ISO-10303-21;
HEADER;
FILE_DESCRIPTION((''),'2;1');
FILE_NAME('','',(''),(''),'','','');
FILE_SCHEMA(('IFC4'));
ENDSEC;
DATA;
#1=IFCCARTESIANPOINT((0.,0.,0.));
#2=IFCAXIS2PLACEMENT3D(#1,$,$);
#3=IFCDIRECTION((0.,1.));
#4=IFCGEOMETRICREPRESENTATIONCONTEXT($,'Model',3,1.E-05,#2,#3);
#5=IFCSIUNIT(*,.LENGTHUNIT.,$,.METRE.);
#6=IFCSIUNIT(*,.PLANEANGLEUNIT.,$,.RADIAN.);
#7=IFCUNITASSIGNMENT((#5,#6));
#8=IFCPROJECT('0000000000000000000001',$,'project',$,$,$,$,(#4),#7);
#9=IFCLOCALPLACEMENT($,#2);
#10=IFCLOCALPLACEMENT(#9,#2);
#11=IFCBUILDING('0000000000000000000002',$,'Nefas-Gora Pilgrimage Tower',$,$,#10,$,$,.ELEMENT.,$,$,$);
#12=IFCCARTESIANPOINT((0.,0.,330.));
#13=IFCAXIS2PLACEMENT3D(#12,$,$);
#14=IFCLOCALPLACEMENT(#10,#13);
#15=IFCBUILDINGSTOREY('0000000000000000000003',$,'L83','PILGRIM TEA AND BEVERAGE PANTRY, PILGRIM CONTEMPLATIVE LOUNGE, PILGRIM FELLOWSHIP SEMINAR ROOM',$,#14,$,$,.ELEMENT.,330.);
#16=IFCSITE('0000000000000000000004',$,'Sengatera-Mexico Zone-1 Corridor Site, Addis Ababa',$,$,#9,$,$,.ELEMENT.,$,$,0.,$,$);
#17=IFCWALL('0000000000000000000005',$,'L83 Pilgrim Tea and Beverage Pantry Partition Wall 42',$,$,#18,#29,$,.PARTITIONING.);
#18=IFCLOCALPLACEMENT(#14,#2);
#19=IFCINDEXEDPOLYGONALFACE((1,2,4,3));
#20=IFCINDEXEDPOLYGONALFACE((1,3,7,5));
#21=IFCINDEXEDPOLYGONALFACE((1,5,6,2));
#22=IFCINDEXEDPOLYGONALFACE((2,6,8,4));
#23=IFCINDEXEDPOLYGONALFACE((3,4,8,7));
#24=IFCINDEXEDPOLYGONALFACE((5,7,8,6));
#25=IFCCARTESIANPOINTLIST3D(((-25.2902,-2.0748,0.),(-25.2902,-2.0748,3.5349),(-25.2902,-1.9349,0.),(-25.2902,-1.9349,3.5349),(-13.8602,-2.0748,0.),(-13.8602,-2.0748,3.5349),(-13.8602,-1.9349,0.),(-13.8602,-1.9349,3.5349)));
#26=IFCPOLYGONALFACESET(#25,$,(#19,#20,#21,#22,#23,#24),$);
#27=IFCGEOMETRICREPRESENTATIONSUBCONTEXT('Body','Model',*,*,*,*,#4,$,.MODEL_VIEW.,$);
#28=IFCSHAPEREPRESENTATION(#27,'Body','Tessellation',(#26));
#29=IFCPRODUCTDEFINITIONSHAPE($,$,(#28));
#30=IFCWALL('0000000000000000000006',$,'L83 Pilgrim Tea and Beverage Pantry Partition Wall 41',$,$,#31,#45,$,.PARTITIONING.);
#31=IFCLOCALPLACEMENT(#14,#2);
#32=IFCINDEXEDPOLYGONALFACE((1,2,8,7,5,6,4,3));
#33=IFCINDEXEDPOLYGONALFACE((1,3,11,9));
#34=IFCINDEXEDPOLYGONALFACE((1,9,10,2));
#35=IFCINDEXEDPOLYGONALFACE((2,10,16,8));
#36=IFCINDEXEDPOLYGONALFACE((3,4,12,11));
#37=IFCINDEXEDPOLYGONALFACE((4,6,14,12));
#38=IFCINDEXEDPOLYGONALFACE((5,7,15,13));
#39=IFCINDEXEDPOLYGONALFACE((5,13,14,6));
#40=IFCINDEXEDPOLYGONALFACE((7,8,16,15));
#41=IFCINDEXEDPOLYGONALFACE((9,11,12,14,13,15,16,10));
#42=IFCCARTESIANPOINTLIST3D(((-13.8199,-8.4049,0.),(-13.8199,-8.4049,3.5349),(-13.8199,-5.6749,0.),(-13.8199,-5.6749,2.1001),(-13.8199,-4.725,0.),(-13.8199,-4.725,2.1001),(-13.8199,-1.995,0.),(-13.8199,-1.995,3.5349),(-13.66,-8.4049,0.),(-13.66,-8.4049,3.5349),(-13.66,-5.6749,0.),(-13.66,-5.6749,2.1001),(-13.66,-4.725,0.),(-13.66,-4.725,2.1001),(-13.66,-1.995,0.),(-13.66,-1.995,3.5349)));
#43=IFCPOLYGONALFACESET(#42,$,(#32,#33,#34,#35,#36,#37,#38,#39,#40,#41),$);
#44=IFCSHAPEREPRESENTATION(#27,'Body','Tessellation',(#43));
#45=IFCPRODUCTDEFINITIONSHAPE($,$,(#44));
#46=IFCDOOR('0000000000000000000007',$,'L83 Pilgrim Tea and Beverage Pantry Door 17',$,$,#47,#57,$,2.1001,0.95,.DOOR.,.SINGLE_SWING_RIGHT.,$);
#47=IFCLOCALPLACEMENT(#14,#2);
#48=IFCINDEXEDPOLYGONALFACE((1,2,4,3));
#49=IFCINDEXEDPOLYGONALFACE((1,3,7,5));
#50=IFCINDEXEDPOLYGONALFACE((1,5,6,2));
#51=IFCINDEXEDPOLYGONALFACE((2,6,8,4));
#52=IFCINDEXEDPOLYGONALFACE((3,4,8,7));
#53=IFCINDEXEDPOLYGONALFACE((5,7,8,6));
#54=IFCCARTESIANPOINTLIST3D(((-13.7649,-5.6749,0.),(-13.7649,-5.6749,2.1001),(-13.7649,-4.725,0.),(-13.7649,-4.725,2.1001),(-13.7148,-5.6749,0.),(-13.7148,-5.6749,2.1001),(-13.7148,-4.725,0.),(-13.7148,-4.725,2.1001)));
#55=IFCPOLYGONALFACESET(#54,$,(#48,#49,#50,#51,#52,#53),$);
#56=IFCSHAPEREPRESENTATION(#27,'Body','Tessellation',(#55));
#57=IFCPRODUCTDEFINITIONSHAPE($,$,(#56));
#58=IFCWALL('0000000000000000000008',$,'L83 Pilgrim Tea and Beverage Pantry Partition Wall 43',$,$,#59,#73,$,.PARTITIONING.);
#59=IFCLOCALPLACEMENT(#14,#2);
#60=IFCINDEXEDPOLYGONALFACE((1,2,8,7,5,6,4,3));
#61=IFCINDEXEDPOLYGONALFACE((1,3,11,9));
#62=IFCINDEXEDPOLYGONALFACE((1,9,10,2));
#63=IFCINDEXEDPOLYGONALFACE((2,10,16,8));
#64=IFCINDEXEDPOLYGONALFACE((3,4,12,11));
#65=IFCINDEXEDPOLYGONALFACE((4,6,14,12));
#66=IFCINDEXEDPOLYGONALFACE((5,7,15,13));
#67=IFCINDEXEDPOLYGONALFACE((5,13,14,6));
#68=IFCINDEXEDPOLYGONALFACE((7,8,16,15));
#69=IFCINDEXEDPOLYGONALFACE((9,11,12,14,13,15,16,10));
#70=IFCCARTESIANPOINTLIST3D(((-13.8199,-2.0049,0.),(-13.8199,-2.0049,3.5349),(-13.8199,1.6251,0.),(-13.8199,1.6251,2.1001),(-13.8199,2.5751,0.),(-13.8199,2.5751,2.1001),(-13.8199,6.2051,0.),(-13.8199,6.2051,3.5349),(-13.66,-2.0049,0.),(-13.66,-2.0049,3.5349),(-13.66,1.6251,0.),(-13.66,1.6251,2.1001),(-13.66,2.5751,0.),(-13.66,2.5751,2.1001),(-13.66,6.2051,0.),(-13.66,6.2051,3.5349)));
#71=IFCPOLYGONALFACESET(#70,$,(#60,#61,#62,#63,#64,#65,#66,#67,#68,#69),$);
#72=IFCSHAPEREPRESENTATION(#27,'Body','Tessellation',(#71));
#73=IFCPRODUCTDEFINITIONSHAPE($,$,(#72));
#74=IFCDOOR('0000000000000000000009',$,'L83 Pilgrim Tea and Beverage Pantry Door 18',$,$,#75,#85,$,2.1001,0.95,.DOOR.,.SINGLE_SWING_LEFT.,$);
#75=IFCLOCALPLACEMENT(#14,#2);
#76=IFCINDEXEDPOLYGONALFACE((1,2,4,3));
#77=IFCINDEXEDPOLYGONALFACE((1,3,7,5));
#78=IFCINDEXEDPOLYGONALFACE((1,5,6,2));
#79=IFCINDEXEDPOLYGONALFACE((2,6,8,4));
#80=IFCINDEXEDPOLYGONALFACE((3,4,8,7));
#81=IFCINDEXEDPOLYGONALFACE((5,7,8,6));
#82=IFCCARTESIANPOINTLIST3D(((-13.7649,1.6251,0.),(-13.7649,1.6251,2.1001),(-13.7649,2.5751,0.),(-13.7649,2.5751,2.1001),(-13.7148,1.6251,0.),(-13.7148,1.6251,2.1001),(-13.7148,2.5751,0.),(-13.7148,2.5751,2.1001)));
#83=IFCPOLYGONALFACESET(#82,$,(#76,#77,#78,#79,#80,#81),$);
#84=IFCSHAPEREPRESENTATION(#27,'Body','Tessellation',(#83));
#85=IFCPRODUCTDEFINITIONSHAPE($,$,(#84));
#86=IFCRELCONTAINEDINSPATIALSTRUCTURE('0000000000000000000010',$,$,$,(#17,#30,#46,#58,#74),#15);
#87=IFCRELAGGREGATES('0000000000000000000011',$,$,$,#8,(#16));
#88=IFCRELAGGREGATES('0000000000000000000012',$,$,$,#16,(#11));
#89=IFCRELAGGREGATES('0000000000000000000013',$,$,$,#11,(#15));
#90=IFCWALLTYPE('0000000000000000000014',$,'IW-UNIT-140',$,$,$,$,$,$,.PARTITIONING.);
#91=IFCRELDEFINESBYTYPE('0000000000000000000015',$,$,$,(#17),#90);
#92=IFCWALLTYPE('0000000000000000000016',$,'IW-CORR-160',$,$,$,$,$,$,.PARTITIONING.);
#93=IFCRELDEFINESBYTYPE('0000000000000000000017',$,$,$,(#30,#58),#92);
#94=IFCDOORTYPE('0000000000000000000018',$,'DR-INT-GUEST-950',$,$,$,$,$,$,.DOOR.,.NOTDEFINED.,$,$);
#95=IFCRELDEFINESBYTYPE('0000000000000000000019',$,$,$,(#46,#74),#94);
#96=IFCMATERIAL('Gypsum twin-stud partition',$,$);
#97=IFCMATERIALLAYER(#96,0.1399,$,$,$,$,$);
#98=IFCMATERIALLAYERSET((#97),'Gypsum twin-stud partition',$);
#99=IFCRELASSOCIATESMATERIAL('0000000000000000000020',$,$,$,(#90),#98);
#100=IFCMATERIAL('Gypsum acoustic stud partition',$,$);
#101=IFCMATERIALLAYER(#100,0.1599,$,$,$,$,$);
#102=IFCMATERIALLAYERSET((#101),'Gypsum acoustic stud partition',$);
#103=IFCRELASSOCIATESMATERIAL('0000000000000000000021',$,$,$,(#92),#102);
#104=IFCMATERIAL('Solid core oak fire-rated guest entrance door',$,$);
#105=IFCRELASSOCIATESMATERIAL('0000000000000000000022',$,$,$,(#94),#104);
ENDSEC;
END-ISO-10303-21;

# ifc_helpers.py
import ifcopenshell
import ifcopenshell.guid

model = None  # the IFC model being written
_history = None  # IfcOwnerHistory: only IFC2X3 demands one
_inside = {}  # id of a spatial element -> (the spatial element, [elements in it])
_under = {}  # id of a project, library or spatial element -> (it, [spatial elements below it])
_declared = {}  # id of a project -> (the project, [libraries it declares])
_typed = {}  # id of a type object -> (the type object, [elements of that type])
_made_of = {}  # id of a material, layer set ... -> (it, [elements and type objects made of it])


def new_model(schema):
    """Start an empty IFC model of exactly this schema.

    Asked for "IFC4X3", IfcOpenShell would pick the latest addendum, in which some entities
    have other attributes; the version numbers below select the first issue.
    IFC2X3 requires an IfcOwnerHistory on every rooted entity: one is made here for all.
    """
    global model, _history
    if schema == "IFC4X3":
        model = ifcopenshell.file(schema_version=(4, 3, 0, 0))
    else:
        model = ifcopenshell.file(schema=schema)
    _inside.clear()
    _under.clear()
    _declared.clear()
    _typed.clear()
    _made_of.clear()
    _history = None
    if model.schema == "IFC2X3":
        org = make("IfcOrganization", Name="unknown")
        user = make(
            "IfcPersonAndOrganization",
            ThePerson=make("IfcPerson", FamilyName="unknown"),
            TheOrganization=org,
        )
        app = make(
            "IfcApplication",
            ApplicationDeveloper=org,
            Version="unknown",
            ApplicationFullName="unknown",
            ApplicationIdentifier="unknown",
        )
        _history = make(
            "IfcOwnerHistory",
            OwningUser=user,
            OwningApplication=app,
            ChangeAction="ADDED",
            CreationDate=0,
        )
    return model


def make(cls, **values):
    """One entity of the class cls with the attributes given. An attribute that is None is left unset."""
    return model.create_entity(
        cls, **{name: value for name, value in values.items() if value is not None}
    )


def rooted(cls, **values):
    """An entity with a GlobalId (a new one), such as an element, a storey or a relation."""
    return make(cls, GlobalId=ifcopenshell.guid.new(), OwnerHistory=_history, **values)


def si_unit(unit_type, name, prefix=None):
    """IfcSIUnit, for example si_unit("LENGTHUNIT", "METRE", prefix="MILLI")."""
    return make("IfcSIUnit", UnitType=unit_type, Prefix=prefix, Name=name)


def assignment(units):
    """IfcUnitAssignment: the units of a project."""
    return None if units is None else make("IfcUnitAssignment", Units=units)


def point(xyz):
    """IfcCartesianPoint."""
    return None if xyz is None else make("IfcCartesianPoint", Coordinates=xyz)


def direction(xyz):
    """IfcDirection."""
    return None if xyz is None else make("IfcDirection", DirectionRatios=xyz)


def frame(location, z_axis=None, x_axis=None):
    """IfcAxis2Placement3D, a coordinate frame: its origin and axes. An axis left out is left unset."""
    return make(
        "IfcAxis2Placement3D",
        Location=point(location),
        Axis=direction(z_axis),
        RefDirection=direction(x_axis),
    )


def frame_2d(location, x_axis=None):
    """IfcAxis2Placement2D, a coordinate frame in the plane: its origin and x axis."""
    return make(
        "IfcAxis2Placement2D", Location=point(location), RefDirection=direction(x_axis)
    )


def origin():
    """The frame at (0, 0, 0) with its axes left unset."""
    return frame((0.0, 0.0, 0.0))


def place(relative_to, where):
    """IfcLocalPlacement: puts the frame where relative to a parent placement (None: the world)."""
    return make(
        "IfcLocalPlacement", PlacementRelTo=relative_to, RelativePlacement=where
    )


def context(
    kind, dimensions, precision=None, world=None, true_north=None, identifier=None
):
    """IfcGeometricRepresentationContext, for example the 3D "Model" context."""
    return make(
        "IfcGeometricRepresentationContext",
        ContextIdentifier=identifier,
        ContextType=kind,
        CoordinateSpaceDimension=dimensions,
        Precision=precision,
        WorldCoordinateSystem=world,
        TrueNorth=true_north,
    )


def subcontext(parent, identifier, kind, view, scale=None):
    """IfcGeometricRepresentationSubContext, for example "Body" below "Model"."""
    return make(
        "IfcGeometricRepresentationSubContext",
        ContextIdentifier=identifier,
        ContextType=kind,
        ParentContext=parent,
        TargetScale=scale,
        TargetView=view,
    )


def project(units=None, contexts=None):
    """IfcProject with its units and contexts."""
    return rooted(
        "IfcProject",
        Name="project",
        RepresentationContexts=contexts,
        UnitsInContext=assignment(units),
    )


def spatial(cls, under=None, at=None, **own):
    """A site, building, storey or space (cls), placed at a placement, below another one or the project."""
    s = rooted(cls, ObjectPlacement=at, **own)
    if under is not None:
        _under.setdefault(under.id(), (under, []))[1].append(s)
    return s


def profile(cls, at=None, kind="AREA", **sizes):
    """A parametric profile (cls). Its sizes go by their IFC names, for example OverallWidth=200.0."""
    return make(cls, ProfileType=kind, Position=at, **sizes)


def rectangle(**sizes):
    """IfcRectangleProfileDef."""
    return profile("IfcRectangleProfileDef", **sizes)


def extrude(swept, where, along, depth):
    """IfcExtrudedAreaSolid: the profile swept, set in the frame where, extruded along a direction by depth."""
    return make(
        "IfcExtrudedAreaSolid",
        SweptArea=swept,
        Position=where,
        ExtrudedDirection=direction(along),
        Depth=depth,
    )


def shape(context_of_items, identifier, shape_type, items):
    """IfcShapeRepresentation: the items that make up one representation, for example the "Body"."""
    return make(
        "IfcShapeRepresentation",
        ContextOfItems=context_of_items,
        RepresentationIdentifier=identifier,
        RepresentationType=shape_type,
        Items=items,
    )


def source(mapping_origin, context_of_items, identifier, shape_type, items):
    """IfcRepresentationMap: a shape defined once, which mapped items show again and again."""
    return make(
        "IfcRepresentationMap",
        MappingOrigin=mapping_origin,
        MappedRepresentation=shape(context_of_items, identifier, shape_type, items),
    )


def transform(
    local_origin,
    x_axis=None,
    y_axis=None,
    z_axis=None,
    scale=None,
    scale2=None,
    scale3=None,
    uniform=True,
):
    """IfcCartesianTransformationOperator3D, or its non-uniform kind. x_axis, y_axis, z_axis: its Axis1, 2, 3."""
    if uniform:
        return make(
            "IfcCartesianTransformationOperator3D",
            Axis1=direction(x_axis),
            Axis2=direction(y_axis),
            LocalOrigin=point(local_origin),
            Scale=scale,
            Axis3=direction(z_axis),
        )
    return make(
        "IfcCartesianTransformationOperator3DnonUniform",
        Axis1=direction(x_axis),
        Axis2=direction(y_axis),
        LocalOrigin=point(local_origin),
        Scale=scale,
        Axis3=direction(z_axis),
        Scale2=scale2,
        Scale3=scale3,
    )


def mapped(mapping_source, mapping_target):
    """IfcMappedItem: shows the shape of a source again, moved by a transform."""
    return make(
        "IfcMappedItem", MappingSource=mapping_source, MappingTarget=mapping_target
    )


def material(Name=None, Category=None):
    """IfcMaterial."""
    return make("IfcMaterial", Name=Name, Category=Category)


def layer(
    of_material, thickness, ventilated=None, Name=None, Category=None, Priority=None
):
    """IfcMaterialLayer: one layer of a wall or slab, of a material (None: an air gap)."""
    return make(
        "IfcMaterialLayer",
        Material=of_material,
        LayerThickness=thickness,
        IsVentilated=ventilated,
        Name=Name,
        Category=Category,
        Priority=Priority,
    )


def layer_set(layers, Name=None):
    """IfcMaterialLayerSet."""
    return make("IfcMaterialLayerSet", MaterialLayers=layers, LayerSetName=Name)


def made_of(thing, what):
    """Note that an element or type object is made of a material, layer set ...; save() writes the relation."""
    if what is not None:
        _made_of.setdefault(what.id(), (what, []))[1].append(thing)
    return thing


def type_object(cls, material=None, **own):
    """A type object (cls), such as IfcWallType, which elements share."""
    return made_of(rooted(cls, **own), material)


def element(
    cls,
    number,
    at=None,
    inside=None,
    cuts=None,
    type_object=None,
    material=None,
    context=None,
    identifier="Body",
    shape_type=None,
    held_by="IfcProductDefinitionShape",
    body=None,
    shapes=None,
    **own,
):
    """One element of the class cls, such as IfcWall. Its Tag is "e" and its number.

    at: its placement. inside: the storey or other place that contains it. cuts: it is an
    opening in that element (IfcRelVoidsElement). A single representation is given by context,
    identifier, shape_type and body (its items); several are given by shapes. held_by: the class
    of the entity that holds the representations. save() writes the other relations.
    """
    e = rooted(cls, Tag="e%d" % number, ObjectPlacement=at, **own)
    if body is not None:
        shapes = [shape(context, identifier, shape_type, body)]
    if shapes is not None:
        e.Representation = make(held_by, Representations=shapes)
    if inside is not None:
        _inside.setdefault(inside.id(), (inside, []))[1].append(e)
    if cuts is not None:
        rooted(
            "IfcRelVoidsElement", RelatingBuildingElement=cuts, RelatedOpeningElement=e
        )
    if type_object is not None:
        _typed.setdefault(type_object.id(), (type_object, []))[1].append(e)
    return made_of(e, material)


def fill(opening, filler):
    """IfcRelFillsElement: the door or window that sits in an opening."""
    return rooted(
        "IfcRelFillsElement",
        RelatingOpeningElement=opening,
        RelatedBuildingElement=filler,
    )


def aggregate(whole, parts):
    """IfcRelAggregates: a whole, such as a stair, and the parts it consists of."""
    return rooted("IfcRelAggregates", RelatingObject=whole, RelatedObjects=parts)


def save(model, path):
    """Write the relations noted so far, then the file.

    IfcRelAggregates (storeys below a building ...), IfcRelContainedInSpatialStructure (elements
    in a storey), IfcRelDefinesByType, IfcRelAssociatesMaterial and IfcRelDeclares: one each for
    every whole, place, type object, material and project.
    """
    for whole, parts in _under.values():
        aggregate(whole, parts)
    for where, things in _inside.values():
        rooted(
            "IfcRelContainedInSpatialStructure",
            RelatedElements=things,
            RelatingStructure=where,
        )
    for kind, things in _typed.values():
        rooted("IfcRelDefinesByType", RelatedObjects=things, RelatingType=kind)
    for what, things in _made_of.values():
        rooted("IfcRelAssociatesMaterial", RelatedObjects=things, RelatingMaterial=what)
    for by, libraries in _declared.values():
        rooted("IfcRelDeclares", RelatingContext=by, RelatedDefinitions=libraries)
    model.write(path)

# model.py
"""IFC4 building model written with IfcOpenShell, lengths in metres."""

from ifc_helpers import new_model, si_unit, direction, frame, frame_2d, origin, place, context, subcontext, project, spatial, rectangle, extrude, source, transform, mapped, material, layer, layer_set, type_object, element, fill, save


model = new_model("IFC4")

# Units and contexts
model_context = context("Model", 3, precision=1e-05, world=origin(), true_north=direction((0.0, 1.0)))
body_context = subcontext(model_context, "Body", "Model", "MODEL_VIEW")
ifc_project = project(units=[si_unit("LENGTHUNIT", "METRE"), si_unit("PLANEANGLEUNIT", "RADIAN")], contexts=[model_context])

# Site, building, storey
site_placement = place(None, origin())
site = spatial("IfcSite", under=ifc_project, at=site_placement, Name="Sengatera-Mexico Zone-1 Corridor Site, Addis Ababa", CompositionType="ELEMENT", RefElevation=0.0)
building_placement = place(site_placement, origin())
building = spatial("IfcBuilding", under=site, at=building_placement, Name="Nefas-Gora Pilgrimage Tower", CompositionType="ELEMENT")
storey_placement = place(building_placement, frame((0.0, 0.0, 330.0)))
storey = spatial("IfcBuildingStorey", under=building, at=storey_placement, Name="L83", Description="PILGRIM TEA AND BEVERAGE PANTRY, PILGRIM CONTEMPLATIVE LOUNGE, PILGRIM FELLOWSHIP SEMINAR ROOM", CompositionType="ELEMENT", Elevation=330.0)

# Wall
ifc_material_1 = material(Name="Gypsum twin-stud partition")
ifc_layer_1 = layer(ifc_material_1, 0.1399)
ifc_layer_set_1 = layer_set([ifc_layer_1], Name="Gypsum twin-stud partition")
wall_type_1 = type_object("IfcWallType", Name="IW-UNIT-140", PredefinedType="PARTITIONING", material=ifc_layer_set_1)
shared_shape_1 = source(origin(), body_context, "Body", "SweptSolid", [
    extrude(rectangle(XDim=11.4299, YDim=0.1399, at=frame_2d((5.7148, 0.0))), origin(), (0.0, 0.0, 1.0), 3.5349),
])
for number, where, z_axis, x_axis, name in (
    (1, (-25.29, -2.0049, 0.0), (0.0, 0.0, 1.0), (1.0, 0.0, 0.0), "L83 Pilgrim Tea and Beverage Pantry Partition Wall 42"),
):
    element("IfcWall", number, at=place(storey_placement, frame(where, z_axis=z_axis, x_axis=x_axis)), inside=storey, type_object=wall_type_1, Name=name, PredefinedType="PARTITIONING", context=body_context, shape_type="MappedRepresentation", body=[
        mapped(shared_shape_1, transform((0.0, 0.0, 0.0), x_axis=(1.0, 0.0, 0.0), y_axis=(0.0, 1.0, 0.0), z_axis=(0.0, 0.0, 1.0), scale=1.0)),
    ])

# Walls, openings, doors
ifc_material_2 = material(Name="Gypsum acoustic stud partition")
ifc_layer_2 = layer(ifc_material_2, 0.1599)
ifc_layer_set_2 = layer_set([ifc_layer_2], Name="Gypsum acoustic stud partition")
wall_type_2 = type_object("IfcWallType", Name="IW-CORR-160", PredefinedType="PARTITIONING", material=ifc_layer_set_2)
shared_shape_2 = source(origin(), body_context, "Body", "SweptSolid", [
    extrude(rectangle(XDim=6.4099, YDim=0.1599, at=frame_2d((3.2051, 0.0))), origin(), (0.0, 0.0, 1.0), 3.5349),
])
wall_1_placement = place(storey_placement, frame((-13.74, -8.405, 0.0), z_axis=(0.0, 0.0, 1.0), x_axis=(0.0, 1.0, 0.0)))
wall_1 = element("IfcWall", 2, at=wall_1_placement, inside=storey, type_object=wall_type_2, Name="L83 Pilgrim Tea and Beverage Pantry Partition Wall 41", PredefinedType="PARTITIONING", context=body_context, shape_type="MappedRepresentation", body=[
    mapped(shared_shape_2, transform((0.0, 0.0, 0.0), x_axis=(1.0, 0.0, 0.0), y_axis=(0.0, 1.0, 0.0), z_axis=(0.0, 0.0, 1.0), scale=1.0)),
])
opening_1_placement = place(wall_1_placement, frame((2.73, 0.0, 0.0)))
opening_1 = element("IfcOpeningElement", 3, at=opening_1_placement, cuts=wall_1, PredefinedType="OPENING", context=body_context, shape_type="SweptSolid", body=[
    extrude(rectangle(XDim=0.95, YDim=2.1001, at=frame_2d((0.4751, 1.05))), frame((0.0, 0.0898, 0.0), z_axis=(0.0, -1.0, 0.0), x_axis=(1.0, 0.0, 0.0)), (0.0, 0.0, 1.0), 0.1799),
])
ifc_material_3 = material(Name="Solid core oak fire-rated guest entrance door")
door_type_1 = type_object("IfcDoorType", Name="DR-INT-GUEST-950", OperationType="NOTDEFINED", PredefinedType="DOOR", material=ifc_material_3)
shared_shape_3 = source(origin(), body_context, "Body", "SweptSolid", [
    extrude(rectangle(XDim=0.95, YDim=2.1001, at=frame_2d((0.4751, 1.05))), frame((0.0, 0.0249, 0.0), z_axis=(0.0, -1.0, 0.0), x_axis=(1.0, 0.0, 0.0)), (0.0, 0.0, 1.0), 0.05),
])
door_1_placement = place(opening_1_placement, origin())
door_1 = element("IfcDoor", 4, at=door_1_placement, inside=storey, type_object=door_type_1, Name="L83 Pilgrim Tea and Beverage Pantry Door 17", OperationType="SINGLE_SWING_RIGHT", OverallHeight=2.1001, OverallWidth=0.95, PredefinedType="DOOR", context=body_context, shape_type="MappedRepresentation", body=[
    mapped(shared_shape_3, transform((0.0, 0.0, 0.0), x_axis=(1.0, 0.0, 0.0), y_axis=(0.0, 1.0, 0.0), z_axis=(0.0, 0.0, 1.0), scale=1.0)),
])
fill(opening_1, door_1)
shared_shape_4 = source(origin(), body_context, "Body", "SweptSolid", [
    extrude(rectangle(XDim=8.21, YDim=0.1599, at=frame_2d((4.105, 0.0))), origin(), (0.0, 0.0, 1.0), 3.5349),
])
wall_2_placement = place(storey_placement, frame((-13.74, -2.0049, 0.0), z_axis=(0.0, 0.0, 1.0), x_axis=(0.0, 1.0, 0.0)))
wall_2 = element("IfcWall", 5, at=wall_2_placement, inside=storey, type_object=wall_type_2, Name="L83 Pilgrim Tea and Beverage Pantry Partition Wall 43", PredefinedType="PARTITIONING", context=body_context, shape_type="MappedRepresentation", body=[
    mapped(shared_shape_4, transform((0.0, 0.0, 0.0), x_axis=(1.0, 0.0, 0.0), y_axis=(0.0, 1.0, 0.0), z_axis=(0.0, 0.0, 1.0), scale=1.0)),
])
opening_2_placement = place(wall_2_placement, frame((3.6299, 0.0, 0.0)))
opening_2 = element("IfcOpeningElement", 6, at=opening_2_placement, cuts=wall_2, PredefinedType="OPENING", context=body_context, shape_type="SweptSolid", body=[
    extrude(rectangle(XDim=0.95, YDim=2.1001, at=frame_2d((0.4751, 1.05))), frame((0.0, 0.0898, 0.0), z_axis=(0.0, -1.0, 0.0), x_axis=(1.0, 0.0, 0.0)), (0.0, 0.0, 1.0), 0.1799),
])
door_2_placement = place(opening_2_placement, origin())
door_2 = element("IfcDoor", 7, at=door_2_placement, inside=storey, type_object=door_type_1, Name="L83 Pilgrim Tea and Beverage Pantry Door 18", OperationType="SINGLE_SWING_LEFT", OverallHeight=2.1001, OverallWidth=0.95, PredefinedType="DOOR", context=body_context, shape_type="MappedRepresentation", body=[
    mapped(shared_shape_3, transform((0.0, 0.0, 0.0), x_axis=(1.0, 0.0, 0.0), y_axis=(0.0, 1.0, 0.0), z_axis=(0.0, 0.0, 1.0), scale=1.0)),
])
fill(opening_2, door_2)

save(model, "model.ifc")
